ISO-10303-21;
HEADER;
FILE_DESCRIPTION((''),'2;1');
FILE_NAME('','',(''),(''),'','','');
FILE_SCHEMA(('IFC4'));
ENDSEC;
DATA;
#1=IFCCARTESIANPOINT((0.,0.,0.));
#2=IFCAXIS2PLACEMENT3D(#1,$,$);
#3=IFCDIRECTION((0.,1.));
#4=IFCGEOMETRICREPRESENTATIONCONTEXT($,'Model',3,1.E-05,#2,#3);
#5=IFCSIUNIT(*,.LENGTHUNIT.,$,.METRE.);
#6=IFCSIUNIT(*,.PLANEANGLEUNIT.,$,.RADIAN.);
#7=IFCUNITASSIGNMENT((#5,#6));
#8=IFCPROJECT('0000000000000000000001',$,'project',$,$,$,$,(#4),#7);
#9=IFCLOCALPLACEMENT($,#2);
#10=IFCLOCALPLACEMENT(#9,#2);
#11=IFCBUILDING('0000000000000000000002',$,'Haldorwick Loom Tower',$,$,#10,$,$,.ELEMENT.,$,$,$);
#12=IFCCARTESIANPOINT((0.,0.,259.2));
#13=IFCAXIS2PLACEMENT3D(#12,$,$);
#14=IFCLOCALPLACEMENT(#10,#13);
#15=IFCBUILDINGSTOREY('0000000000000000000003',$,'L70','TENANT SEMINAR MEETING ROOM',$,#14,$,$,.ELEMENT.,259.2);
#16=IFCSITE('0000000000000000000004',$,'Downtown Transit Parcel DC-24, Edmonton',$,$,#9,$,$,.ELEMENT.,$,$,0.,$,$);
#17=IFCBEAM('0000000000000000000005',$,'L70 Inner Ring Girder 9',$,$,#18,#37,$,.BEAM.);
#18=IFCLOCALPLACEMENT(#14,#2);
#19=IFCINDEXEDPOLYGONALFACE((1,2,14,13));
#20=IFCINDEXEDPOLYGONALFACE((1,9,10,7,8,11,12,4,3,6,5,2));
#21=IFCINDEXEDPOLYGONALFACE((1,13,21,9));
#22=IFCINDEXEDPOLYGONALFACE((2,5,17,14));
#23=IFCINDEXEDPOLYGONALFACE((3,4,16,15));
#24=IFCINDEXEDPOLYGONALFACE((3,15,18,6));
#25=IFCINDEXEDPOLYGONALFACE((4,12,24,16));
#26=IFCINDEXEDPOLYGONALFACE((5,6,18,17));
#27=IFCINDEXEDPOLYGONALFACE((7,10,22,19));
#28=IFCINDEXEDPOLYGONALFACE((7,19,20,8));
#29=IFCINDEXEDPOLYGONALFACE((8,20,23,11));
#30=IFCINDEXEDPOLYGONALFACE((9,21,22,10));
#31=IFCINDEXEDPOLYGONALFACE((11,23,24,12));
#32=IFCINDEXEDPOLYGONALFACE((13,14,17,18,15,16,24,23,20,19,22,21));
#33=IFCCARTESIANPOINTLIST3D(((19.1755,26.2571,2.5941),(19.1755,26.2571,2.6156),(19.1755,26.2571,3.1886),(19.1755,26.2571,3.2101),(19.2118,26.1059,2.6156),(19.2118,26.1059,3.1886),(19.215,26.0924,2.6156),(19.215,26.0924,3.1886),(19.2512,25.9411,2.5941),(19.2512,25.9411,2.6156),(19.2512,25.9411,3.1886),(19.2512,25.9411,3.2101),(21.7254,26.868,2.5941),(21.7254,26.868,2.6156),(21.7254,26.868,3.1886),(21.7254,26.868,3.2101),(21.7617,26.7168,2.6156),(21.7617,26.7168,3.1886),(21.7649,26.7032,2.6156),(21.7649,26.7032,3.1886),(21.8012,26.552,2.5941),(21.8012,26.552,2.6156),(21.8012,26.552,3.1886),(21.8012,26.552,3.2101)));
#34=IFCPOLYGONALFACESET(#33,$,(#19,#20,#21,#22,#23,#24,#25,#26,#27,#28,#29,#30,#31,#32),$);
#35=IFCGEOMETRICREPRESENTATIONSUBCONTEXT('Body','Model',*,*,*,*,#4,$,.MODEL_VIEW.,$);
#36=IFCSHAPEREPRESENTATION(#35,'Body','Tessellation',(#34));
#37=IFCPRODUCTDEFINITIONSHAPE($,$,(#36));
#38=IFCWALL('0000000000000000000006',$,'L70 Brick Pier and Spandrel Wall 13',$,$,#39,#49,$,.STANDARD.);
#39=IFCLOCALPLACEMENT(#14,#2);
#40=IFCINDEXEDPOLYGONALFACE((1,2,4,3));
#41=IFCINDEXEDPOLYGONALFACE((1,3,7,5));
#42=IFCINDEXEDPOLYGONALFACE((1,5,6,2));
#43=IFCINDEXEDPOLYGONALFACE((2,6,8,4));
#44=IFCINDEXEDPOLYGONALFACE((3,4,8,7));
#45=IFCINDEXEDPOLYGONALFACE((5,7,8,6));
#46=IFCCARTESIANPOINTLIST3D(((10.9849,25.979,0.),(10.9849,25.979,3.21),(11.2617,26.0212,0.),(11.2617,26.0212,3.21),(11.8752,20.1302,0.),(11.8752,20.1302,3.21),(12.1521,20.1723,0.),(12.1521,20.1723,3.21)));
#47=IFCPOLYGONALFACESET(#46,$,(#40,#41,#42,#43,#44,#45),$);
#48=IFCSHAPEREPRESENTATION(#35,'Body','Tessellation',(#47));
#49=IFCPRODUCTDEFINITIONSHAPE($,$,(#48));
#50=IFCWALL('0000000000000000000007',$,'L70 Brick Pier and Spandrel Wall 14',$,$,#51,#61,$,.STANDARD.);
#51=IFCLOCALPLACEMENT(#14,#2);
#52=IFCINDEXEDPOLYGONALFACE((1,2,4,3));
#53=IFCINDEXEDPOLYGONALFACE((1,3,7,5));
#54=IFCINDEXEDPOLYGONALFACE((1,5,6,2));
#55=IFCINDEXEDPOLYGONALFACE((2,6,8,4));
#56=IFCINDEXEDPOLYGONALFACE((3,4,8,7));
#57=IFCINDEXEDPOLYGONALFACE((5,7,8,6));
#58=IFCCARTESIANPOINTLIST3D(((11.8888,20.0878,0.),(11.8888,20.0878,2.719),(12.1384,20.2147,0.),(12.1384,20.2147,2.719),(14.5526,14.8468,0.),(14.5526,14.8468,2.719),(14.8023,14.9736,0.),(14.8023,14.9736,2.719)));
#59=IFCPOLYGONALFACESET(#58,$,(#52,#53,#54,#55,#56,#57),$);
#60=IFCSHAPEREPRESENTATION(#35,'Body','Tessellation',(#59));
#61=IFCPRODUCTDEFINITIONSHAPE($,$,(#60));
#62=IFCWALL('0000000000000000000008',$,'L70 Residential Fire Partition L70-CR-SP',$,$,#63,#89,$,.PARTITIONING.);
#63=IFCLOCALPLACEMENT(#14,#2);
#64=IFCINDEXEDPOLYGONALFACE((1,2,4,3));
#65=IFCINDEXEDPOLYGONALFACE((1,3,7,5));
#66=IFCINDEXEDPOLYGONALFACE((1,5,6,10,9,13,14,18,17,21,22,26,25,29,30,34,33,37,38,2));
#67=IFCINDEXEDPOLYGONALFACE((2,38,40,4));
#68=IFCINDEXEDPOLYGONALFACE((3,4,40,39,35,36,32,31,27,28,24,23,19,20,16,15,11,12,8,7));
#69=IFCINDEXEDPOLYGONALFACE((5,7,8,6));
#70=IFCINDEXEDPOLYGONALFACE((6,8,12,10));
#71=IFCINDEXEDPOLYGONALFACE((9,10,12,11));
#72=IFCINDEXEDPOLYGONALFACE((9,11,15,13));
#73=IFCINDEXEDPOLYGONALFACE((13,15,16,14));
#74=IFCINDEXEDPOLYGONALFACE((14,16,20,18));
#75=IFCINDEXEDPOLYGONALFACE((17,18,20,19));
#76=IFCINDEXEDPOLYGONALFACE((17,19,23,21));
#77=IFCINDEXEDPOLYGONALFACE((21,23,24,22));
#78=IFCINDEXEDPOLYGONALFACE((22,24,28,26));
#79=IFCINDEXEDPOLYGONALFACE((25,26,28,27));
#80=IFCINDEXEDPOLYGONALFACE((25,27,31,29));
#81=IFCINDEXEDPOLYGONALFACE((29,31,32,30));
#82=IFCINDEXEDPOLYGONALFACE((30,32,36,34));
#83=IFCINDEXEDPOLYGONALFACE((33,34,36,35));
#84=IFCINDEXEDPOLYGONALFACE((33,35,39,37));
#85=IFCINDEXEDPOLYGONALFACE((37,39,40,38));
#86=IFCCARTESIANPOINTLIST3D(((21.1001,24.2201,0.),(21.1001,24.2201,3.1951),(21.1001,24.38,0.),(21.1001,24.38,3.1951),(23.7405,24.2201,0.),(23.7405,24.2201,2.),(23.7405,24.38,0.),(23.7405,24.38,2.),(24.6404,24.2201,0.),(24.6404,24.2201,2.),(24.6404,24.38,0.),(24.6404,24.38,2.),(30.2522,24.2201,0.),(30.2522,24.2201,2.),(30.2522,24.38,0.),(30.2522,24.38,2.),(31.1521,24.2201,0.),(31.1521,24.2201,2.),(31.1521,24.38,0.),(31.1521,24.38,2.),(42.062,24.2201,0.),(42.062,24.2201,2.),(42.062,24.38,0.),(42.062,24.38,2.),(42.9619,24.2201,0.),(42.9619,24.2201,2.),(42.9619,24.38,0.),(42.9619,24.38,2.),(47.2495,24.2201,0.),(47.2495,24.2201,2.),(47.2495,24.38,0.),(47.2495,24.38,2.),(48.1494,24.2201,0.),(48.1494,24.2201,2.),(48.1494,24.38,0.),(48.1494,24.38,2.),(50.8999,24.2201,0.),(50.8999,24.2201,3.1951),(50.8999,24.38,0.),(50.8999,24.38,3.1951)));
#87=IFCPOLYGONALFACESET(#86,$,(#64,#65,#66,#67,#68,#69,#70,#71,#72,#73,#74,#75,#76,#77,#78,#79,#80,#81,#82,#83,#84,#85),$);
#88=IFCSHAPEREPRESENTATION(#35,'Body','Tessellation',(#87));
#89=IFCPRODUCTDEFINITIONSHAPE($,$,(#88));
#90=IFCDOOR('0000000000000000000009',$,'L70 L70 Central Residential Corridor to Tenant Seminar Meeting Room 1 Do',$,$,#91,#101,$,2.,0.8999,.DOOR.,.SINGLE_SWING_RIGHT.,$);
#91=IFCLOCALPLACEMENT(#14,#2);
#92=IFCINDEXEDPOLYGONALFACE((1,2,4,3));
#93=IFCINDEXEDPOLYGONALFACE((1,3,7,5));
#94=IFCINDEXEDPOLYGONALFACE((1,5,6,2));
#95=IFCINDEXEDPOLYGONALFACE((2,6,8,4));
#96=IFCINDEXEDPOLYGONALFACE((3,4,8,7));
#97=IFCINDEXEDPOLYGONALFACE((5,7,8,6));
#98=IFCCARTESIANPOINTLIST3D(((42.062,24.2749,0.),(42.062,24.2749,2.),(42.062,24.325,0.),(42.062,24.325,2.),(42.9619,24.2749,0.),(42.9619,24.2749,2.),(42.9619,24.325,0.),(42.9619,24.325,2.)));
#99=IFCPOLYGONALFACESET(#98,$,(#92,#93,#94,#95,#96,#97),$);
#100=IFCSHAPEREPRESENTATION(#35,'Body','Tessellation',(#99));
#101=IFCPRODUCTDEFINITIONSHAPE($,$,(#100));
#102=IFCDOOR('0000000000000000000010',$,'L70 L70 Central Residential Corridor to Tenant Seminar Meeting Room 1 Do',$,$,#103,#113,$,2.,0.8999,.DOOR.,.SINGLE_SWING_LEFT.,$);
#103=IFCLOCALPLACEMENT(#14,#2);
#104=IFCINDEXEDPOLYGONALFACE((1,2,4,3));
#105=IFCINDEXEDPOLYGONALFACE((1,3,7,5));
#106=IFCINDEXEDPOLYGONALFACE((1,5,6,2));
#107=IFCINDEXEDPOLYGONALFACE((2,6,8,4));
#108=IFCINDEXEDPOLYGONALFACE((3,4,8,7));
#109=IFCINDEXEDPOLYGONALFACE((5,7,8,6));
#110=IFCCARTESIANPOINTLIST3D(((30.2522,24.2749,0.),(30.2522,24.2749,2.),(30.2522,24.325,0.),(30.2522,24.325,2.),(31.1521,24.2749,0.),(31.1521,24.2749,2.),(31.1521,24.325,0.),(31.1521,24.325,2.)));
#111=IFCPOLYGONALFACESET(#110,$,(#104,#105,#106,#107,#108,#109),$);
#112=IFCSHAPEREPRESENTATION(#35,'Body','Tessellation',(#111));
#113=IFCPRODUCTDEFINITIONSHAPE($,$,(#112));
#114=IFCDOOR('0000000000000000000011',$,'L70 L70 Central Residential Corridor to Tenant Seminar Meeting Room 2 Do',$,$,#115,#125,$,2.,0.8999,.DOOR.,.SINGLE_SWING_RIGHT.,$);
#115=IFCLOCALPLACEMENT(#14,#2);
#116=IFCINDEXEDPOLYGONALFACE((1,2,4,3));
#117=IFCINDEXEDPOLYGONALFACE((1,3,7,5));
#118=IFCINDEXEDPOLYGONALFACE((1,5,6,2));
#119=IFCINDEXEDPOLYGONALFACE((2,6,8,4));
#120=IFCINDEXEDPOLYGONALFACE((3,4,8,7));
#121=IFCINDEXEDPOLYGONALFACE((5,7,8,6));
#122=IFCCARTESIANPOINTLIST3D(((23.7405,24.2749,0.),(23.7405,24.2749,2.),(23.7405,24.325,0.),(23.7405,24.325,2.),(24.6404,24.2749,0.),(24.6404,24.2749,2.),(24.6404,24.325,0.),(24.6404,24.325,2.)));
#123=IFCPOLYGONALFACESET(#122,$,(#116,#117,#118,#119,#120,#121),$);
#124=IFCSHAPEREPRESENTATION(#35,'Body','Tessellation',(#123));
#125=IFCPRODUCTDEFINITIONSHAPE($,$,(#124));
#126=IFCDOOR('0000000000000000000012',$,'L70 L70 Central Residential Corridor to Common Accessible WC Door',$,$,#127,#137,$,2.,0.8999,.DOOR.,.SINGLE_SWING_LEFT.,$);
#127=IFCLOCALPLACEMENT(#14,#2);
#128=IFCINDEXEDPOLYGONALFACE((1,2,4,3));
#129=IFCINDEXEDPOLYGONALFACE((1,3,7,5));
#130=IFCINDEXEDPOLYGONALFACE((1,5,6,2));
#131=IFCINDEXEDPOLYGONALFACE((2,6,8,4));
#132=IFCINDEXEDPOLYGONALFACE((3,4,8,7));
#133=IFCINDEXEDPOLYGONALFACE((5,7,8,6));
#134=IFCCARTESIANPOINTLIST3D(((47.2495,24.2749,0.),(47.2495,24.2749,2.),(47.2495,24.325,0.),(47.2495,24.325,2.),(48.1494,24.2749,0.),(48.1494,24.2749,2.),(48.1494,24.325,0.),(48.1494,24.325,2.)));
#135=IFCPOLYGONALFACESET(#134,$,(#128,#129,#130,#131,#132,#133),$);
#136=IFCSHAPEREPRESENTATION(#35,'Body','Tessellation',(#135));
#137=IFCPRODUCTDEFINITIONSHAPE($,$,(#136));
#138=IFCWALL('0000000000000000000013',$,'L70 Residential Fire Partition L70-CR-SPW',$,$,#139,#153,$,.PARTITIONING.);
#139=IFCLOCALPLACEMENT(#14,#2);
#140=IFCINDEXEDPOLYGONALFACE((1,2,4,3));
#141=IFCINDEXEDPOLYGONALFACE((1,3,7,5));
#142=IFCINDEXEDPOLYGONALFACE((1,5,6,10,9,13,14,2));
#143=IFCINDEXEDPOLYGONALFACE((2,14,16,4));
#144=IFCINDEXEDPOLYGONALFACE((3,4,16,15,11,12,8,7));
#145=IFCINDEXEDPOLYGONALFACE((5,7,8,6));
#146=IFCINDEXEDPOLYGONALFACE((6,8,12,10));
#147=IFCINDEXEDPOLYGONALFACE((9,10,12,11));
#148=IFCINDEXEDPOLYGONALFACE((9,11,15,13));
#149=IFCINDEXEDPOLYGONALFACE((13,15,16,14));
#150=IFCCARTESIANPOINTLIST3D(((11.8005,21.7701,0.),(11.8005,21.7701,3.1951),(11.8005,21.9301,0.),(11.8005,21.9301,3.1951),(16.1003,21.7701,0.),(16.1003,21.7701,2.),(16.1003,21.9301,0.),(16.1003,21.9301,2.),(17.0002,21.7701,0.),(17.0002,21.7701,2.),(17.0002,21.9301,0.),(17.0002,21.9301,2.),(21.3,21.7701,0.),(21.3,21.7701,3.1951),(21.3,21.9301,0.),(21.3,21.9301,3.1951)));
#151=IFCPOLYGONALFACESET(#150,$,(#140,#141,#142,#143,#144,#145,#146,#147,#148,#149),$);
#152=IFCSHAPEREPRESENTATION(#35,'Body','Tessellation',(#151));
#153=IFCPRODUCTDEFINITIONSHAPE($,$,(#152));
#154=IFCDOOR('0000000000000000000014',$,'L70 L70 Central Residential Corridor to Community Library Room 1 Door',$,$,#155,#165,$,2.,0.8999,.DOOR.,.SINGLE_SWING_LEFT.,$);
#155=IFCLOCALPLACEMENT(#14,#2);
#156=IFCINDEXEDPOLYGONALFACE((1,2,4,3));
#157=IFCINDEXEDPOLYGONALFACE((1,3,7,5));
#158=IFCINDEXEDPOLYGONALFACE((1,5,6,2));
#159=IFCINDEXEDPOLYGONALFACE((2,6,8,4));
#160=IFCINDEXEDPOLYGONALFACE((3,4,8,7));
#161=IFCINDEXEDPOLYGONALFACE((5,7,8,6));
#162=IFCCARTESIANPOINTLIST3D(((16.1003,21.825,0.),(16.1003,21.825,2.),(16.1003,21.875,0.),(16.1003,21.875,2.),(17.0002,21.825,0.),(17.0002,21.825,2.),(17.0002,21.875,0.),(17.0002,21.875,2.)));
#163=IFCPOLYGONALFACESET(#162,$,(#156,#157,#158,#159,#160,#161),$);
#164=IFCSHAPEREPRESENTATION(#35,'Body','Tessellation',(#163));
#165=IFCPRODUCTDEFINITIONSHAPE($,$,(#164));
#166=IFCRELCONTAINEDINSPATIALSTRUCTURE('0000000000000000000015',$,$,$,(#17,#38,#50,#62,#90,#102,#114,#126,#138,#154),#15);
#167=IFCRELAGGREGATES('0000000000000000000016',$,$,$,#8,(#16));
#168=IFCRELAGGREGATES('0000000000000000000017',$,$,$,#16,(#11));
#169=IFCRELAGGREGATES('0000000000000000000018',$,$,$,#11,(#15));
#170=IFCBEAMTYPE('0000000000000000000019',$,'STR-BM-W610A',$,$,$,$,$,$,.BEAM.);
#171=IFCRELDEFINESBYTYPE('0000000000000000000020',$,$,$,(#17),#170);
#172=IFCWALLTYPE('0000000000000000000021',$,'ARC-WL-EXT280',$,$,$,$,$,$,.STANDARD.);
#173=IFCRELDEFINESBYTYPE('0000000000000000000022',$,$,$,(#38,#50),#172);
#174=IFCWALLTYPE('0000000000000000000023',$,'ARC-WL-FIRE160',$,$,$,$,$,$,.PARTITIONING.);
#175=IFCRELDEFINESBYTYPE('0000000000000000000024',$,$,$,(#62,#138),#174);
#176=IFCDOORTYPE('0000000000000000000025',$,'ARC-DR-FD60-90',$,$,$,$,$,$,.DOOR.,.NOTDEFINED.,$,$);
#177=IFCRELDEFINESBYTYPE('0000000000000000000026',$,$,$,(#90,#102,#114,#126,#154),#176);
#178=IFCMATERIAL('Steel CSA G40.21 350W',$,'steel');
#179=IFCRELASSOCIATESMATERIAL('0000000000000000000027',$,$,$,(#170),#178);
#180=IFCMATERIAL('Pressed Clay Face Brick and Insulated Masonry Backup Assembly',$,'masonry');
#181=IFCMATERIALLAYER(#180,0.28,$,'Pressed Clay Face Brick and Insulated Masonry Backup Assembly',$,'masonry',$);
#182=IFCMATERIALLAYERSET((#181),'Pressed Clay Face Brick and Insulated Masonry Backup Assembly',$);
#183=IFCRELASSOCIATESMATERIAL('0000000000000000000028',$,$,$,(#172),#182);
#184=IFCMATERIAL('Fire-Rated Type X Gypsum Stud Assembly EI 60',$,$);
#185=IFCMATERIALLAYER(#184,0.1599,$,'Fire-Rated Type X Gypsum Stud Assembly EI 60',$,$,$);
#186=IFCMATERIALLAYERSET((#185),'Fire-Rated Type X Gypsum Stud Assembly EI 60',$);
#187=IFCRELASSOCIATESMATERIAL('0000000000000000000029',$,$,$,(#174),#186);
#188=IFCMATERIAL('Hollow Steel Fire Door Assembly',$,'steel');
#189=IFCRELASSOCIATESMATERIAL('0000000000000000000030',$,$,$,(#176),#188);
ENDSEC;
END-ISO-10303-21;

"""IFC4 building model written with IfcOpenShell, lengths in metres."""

from ifc_helpers import new_model, si_unit, direction, frame, frame_2d, origin, origin_2d, place, context, subcontext, project, spatial, rectangle, i_section, extrude, material, layer, layer_set, material_profile, profile_set, type_object, element, fill, save


model = new_model("IFC4")

# Units and contexts
model_context = context("Model", 3, precision=1e-05, world=origin(), true_north=direction((0.0, 1.0)))
body_context = subcontext(model_context, "Body", "Model", "MODEL_VIEW")
ifc_project = project(units=[si_unit("LENGTHUNIT", "METRE"), si_unit("PLANEANGLEUNIT", "RADIAN")], contexts=[model_context])

# Site, building, storey
site_placement = place(None, origin())
site = spatial("IfcSite", under=ifc_project, at=site_placement, Name="Downtown Transit Parcel DC-24, Edmonton", CompositionType="ELEMENT", RefElevation=0.0)
building_placement = place(site_placement, origin())
building = spatial("IfcBuilding", under=site, at=building_placement, Name="Haldorwick Loom Tower", CompositionType="ELEMENT")
storey_placement = place(building_placement, frame((0.0, 0.0, 259.2)))
storey = spatial("IfcBuildingStorey", under=building, at=storey_placement, Name="L70", Description="TENANT SEMINAR MEETING ROOM", CompositionType="ELEMENT", Elevation=259.2)

# Beam
ifc_material_1 = material(Name="Steel CSA G40.21 350W", Category="steel")
ifc_material_profile_1 = material_profile(ifc_material_1, i_section(OverallWidth=0.325, OverallDepth=0.616, WebThickness=0.0139, FlangeThickness=0.0215, at=origin_2d()), Name="W610X174", Category="steel")
ifc_profile_set_1 = profile_set([ifc_material_profile_1], Name="Steel CSA G40.21 350W")
beam_type_1 = type_object("IfcBeamType", Name="STR-BM-W610A", PredefinedType="BEAM", material=ifc_profile_set_1)
beam_1_placement = place(storey_placement, frame((19.2134, 26.0991, 2.9021), z_axis=(0.972484, 0.232971, 0.0), x_axis=(-0.232971, 0.972484, 0.0)))
element("IfcBeam", 1, at=beam_1_placement, inside=storey, type_object=beam_type_1, Name="L70 Inner Ring Girder 9", PredefinedType="BEAM", context=body_context, shape_type="SweptSolid", body=[
    extrude(i_section(OverallWidth=0.325, OverallDepth=0.616, WebThickness=0.0139, FlangeThickness=0.0215, at=origin_2d()), origin(), (0.0, 0.0, 1.0), 2.6221),
])

# Walls
ifc_material_2 = material(Name="Pressed Clay Face Brick and Insulated Masonry Backup Assembly", Category="masonry")
ifc_layer_1 = layer(ifc_material_2, 0.28, Name="Pressed Clay Face Brick and Insulated Masonry Backup Assembly", Category="masonry")
ifc_layer_set_1 = layer_set([ifc_layer_1], Name="Pressed Clay Face Brick and Insulated Masonry Backup Assembly")
wall_type_1 = type_object("IfcWallType", Name="ARC-WL-EXT280", PredefinedType="STANDARD", material=ifc_layer_set_1)
wall_1_placement = place(storey_placement, frame((11.1233, 26.0, 0.0), z_axis=(0.0, 0.0, 1.0), x_axis=(0.150497, -0.98861, 0.0)))
element("IfcWall", 2, at=wall_1_placement, inside=storey, type_object=wall_type_1, Name="L70 Brick Pier and Spandrel Wall 13", PredefinedType="STANDARD", context=body_context, shape_type="SweptSolid", body=[
    extrude(rectangle(XDim=5.9163, YDim=0.28, at=frame_2d((2.958, 0.0))), origin(), (0.0, 0.0, 1.0), 3.21),
])
wall_2_placement = place(storey_placement, frame((12.0137, 20.1511, 0.0), z_axis=(0.0, 0.0, 1.0), x_axis=(0.453101, -0.891459, 0.0)))
element("IfcWall", 3, at=wall_2_placement, inside=storey, type_object=wall_type_1, Name="L70 Brick Pier and Spandrel Wall 14", PredefinedType="STANDARD", context=body_context, shape_type="SweptSolid", body=[
    extrude(rectangle(XDim=5.8792, YDim=0.28, at=frame_2d((2.9395, 0.0))), origin(), (0.0, 0.0, 1.0), 2.719),
])

# Wall, openings, doors
ifc_material_3 = material(Name="Fire-Rated Type X Gypsum Stud Assembly EI 60")
ifc_layer_2 = layer(ifc_material_3, 0.1599, Name="Fire-Rated Type X Gypsum Stud Assembly EI 60")
ifc_layer_set_2 = layer_set([ifc_layer_2], Name="Fire-Rated Type X Gypsum Stud Assembly EI 60")
wall_type_2 = type_object("IfcWallType", Name="ARC-WL-FIRE160", PredefinedType="PARTITIONING", material=ifc_layer_set_2)
wall_3_placement = place(storey_placement, frame((21.1001, 24.3, 0.0), z_axis=(0.0, 0.0, 1.0), x_axis=(1.0, 0.0, 0.0)))
wall_3 = element("IfcWall", 4, at=wall_3_placement, inside=storey, type_object=wall_type_2, Name="L70 Residential Fire Partition L70-CR-SP", PredefinedType="PARTITIONING", context=body_context, shape_type="SweptSolid", body=[
    extrude(rectangle(XDim=29.7998, YDim=0.1599, at=frame_2d((14.8999, 0.0))), origin(), (0.0, 0.0, 1.0), 3.1951),
])
opening_1_placement = place(wall_3_placement, frame((20.9619, 0.0, 0.0)))
opening_1 = element("IfcOpeningElement", 5, at=opening_1_placement, cuts=wall_3, PredefinedType="OPENING", context=body_context, shape_type="SweptSolid", body=[
    extrude(rectangle(XDim=0.8999, YDim=2.0, at=frame_2d((0.45, 1.0))), frame((0.0, 0.0898, 0.0), z_axis=(0.0, -1.0, 0.0), x_axis=(1.0, 0.0, 0.0)), (0.0, 0.0, 1.0), 0.1799),
])
opening_2_placement = place(wall_3_placement, frame((9.1521, 0.0, 0.0)))
opening_2 = element("IfcOpeningElement", 6, at=opening_2_placement, cuts=wall_3, PredefinedType="OPENING", context=body_context, shape_type="SweptSolid", body=[
    extrude(rectangle(XDim=0.8999, YDim=2.0, at=frame_2d((0.45, 1.0))), frame((0.0, 0.0898, 0.0), z_axis=(0.0, -1.0, 0.0), x_axis=(1.0, 0.0, 0.0)), (0.0, 0.0, 1.0), 0.1799),
])
opening_3_placement = place(wall_3_placement, frame((2.6404, 0.0, 0.0)))
opening_3 = element("IfcOpeningElement", 7, at=opening_3_placement, cuts=wall_3, PredefinedType="OPENING", context=body_context, shape_type="SweptSolid", body=[
    extrude(rectangle(XDim=0.8999, YDim=2.0, at=frame_2d((0.45, 1.0))), frame((0.0, 0.0898, 0.0), z_axis=(0.0, -1.0, 0.0), x_axis=(1.0, 0.0, 0.0)), (0.0, 0.0, 1.0), 0.1799),
])
opening_4_placement = place(wall_3_placement, frame((26.1494, 0.0, 0.0)))
opening_4 = element("IfcOpeningElement", 8, at=opening_4_placement, cuts=wall_3, PredefinedType="OPENING", context=body_context, shape_type="SweptSolid", body=[
    extrude(rectangle(XDim=0.8999, YDim=2.0, at=frame_2d((0.45, 1.0))), frame((0.0, 0.0898, 0.0), z_axis=(0.0, -1.0, 0.0), x_axis=(1.0, 0.0, 0.0)), (0.0, 0.0, 1.0), 0.1799),
])
ifc_material_4 = material(Name="Hollow Steel Fire Door Assembly", Category="steel")
door_type = type_object("IfcDoorType", Name="ARC-DR-FD60-90", OperationType="NOTDEFINED", PredefinedType="DOOR", material=ifc_material_4)
door_1_placement = place(opening_1_placement, origin())
door_1 = element("IfcDoor", 9, at=door_1_placement, inside=storey, type_object=door_type, Name="L70 L70 Central Residential Corridor to Tenant Seminar Meeting Room 1 Do", OperationType="SINGLE_SWING_RIGHT", OverallHeight=2.0, OverallWidth=0.8999, PredefinedType="DOOR", context=body_context, shape_type="SweptSolid", body=[
    extrude(rectangle(XDim=0.8999, YDim=2.0, at=frame_2d((0.45, 1.0))), frame((0.0, 0.0249, 0.0), z_axis=(0.0, -1.0, 0.0), x_axis=(1.0, 0.0, 0.0)), (0.0, 0.0, 1.0), 0.05),
])
fill(opening_1, door_1)
door_2_placement = place(opening_2_placement, origin())
door_2 = element("IfcDoor", 10, at=door_2_placement, inside=storey, type_object=door_type, Name="L70 L70 Central Residential Corridor to Tenant Seminar Meeting Room 1 Do", OperationType="SINGLE_SWING_LEFT", OverallHeight=2.0, OverallWidth=0.8999, PredefinedType="DOOR", context=body_context, shape_type="SweptSolid", body=[
    extrude(rectangle(XDim=0.8999, YDim=2.0, at=frame_2d((0.45, 1.0))), frame((0.0, 0.0249, 0.0), z_axis=(0.0, -1.0, 0.0), x_axis=(1.0, 0.0, 0.0)), (0.0, 0.0, 1.0), 0.05),
])
fill(opening_2, door_2)
door_3_placement = place(opening_3_placement, origin())
door_3 = element("IfcDoor", 11, at=door_3_placement, inside=storey, type_object=door_type, Name="L70 L70 Central Residential Corridor to Tenant Seminar Meeting Room 2 Do", OperationType="SINGLE_SWING_RIGHT", OverallHeight=2.0, OverallWidth=0.8999, PredefinedType="DOOR", context=body_context, shape_type="SweptSolid", body=[
    extrude(rectangle(XDim=0.8999, YDim=2.0, at=frame_2d((0.45, 1.0))), frame((0.0, 0.0249, 0.0), z_axis=(0.0, -1.0, 0.0), x_axis=(1.0, 0.0, 0.0)), (0.0, 0.0, 1.0), 0.05),
])
fill(opening_3, door_3)
door_4_placement = place(opening_4_placement, origin())
door_4 = element("IfcDoor", 12, at=door_4_placement, inside=storey, type_object=door_type, Name="L70 L70 Central Residential Corridor to Common Accessible WC Door", OperationType="SINGLE_SWING_LEFT", OverallHeight=2.0, OverallWidth=0.8999, PredefinedType="DOOR", context=body_context, shape_type="SweptSolid", body=[
    extrude(rectangle(XDim=0.8999, YDim=2.0, at=frame_2d((0.45, 1.0))), frame((0.0, 0.0249, 0.0), z_axis=(0.0, -1.0, 0.0), x_axis=(1.0, 0.0, 0.0)), (0.0, 0.0, 1.0), 0.05),
])
fill(opening_4, door_4)

# Wall, opening, door
wall_4_placement = place(storey_placement, frame((11.8005, 21.8501, 0.0), z_axis=(0.0, 0.0, 1.0), x_axis=(1.0, 0.0, 0.0)))
wall_4 = element("IfcWall", 13, at=wall_4_placement, inside=storey, type_object=wall_type_2, Name="L70 Residential Fire Partition L70-CR-SPW", PredefinedType="PARTITIONING", context=body_context, shape_type="SweptSolid", body=[
    extrude(rectangle(XDim=9.4995, YDim=0.1599, at=frame_2d((4.7498, 0.0))), origin(), (0.0, 0.0, 1.0), 3.1951),
])
opening_5_placement = place(wall_4_placement, frame((4.2998, 0.0, 0.0)))
opening_5 = element("IfcOpeningElement", 14, at=opening_5_placement, cuts=wall_4, PredefinedType="OPENING", context=body_context, shape_type="SweptSolid", body=[
    extrude(rectangle(XDim=0.8999, YDim=2.0, at=frame_2d((0.45, 1.0))), frame((0.0, 0.0898, 0.0), z_axis=(0.0, -1.0, 0.0), x_axis=(1.0, 0.0, 0.0)), (0.0, 0.0, 1.0), 0.1799),
])
door_5_placement = place(opening_5_placement, origin())
door_5 = element("IfcDoor", 15, at=door_5_placement, inside=storey, type_object=door_type, Name="L70 L70 Central Residential Corridor to Community Library Room 1 Door", OperationType="SINGLE_SWING_LEFT", OverallHeight=2.0, OverallWidth=0.8999, PredefinedType="DOOR", context=body_context, shape_type="SweptSolid", body=[
    extrude(rectangle(XDim=0.8999, YDim=2.0, at=frame_2d((0.45, 1.0))), frame((0.0, 0.0249, 0.0), z_axis=(0.0, -1.0, 0.0), x_axis=(1.0, 0.0, 0.0)), (0.0, 0.0, 1.0), 0.05),
])
fill(opening_5, door_5)

save(model, "model.ifc")
